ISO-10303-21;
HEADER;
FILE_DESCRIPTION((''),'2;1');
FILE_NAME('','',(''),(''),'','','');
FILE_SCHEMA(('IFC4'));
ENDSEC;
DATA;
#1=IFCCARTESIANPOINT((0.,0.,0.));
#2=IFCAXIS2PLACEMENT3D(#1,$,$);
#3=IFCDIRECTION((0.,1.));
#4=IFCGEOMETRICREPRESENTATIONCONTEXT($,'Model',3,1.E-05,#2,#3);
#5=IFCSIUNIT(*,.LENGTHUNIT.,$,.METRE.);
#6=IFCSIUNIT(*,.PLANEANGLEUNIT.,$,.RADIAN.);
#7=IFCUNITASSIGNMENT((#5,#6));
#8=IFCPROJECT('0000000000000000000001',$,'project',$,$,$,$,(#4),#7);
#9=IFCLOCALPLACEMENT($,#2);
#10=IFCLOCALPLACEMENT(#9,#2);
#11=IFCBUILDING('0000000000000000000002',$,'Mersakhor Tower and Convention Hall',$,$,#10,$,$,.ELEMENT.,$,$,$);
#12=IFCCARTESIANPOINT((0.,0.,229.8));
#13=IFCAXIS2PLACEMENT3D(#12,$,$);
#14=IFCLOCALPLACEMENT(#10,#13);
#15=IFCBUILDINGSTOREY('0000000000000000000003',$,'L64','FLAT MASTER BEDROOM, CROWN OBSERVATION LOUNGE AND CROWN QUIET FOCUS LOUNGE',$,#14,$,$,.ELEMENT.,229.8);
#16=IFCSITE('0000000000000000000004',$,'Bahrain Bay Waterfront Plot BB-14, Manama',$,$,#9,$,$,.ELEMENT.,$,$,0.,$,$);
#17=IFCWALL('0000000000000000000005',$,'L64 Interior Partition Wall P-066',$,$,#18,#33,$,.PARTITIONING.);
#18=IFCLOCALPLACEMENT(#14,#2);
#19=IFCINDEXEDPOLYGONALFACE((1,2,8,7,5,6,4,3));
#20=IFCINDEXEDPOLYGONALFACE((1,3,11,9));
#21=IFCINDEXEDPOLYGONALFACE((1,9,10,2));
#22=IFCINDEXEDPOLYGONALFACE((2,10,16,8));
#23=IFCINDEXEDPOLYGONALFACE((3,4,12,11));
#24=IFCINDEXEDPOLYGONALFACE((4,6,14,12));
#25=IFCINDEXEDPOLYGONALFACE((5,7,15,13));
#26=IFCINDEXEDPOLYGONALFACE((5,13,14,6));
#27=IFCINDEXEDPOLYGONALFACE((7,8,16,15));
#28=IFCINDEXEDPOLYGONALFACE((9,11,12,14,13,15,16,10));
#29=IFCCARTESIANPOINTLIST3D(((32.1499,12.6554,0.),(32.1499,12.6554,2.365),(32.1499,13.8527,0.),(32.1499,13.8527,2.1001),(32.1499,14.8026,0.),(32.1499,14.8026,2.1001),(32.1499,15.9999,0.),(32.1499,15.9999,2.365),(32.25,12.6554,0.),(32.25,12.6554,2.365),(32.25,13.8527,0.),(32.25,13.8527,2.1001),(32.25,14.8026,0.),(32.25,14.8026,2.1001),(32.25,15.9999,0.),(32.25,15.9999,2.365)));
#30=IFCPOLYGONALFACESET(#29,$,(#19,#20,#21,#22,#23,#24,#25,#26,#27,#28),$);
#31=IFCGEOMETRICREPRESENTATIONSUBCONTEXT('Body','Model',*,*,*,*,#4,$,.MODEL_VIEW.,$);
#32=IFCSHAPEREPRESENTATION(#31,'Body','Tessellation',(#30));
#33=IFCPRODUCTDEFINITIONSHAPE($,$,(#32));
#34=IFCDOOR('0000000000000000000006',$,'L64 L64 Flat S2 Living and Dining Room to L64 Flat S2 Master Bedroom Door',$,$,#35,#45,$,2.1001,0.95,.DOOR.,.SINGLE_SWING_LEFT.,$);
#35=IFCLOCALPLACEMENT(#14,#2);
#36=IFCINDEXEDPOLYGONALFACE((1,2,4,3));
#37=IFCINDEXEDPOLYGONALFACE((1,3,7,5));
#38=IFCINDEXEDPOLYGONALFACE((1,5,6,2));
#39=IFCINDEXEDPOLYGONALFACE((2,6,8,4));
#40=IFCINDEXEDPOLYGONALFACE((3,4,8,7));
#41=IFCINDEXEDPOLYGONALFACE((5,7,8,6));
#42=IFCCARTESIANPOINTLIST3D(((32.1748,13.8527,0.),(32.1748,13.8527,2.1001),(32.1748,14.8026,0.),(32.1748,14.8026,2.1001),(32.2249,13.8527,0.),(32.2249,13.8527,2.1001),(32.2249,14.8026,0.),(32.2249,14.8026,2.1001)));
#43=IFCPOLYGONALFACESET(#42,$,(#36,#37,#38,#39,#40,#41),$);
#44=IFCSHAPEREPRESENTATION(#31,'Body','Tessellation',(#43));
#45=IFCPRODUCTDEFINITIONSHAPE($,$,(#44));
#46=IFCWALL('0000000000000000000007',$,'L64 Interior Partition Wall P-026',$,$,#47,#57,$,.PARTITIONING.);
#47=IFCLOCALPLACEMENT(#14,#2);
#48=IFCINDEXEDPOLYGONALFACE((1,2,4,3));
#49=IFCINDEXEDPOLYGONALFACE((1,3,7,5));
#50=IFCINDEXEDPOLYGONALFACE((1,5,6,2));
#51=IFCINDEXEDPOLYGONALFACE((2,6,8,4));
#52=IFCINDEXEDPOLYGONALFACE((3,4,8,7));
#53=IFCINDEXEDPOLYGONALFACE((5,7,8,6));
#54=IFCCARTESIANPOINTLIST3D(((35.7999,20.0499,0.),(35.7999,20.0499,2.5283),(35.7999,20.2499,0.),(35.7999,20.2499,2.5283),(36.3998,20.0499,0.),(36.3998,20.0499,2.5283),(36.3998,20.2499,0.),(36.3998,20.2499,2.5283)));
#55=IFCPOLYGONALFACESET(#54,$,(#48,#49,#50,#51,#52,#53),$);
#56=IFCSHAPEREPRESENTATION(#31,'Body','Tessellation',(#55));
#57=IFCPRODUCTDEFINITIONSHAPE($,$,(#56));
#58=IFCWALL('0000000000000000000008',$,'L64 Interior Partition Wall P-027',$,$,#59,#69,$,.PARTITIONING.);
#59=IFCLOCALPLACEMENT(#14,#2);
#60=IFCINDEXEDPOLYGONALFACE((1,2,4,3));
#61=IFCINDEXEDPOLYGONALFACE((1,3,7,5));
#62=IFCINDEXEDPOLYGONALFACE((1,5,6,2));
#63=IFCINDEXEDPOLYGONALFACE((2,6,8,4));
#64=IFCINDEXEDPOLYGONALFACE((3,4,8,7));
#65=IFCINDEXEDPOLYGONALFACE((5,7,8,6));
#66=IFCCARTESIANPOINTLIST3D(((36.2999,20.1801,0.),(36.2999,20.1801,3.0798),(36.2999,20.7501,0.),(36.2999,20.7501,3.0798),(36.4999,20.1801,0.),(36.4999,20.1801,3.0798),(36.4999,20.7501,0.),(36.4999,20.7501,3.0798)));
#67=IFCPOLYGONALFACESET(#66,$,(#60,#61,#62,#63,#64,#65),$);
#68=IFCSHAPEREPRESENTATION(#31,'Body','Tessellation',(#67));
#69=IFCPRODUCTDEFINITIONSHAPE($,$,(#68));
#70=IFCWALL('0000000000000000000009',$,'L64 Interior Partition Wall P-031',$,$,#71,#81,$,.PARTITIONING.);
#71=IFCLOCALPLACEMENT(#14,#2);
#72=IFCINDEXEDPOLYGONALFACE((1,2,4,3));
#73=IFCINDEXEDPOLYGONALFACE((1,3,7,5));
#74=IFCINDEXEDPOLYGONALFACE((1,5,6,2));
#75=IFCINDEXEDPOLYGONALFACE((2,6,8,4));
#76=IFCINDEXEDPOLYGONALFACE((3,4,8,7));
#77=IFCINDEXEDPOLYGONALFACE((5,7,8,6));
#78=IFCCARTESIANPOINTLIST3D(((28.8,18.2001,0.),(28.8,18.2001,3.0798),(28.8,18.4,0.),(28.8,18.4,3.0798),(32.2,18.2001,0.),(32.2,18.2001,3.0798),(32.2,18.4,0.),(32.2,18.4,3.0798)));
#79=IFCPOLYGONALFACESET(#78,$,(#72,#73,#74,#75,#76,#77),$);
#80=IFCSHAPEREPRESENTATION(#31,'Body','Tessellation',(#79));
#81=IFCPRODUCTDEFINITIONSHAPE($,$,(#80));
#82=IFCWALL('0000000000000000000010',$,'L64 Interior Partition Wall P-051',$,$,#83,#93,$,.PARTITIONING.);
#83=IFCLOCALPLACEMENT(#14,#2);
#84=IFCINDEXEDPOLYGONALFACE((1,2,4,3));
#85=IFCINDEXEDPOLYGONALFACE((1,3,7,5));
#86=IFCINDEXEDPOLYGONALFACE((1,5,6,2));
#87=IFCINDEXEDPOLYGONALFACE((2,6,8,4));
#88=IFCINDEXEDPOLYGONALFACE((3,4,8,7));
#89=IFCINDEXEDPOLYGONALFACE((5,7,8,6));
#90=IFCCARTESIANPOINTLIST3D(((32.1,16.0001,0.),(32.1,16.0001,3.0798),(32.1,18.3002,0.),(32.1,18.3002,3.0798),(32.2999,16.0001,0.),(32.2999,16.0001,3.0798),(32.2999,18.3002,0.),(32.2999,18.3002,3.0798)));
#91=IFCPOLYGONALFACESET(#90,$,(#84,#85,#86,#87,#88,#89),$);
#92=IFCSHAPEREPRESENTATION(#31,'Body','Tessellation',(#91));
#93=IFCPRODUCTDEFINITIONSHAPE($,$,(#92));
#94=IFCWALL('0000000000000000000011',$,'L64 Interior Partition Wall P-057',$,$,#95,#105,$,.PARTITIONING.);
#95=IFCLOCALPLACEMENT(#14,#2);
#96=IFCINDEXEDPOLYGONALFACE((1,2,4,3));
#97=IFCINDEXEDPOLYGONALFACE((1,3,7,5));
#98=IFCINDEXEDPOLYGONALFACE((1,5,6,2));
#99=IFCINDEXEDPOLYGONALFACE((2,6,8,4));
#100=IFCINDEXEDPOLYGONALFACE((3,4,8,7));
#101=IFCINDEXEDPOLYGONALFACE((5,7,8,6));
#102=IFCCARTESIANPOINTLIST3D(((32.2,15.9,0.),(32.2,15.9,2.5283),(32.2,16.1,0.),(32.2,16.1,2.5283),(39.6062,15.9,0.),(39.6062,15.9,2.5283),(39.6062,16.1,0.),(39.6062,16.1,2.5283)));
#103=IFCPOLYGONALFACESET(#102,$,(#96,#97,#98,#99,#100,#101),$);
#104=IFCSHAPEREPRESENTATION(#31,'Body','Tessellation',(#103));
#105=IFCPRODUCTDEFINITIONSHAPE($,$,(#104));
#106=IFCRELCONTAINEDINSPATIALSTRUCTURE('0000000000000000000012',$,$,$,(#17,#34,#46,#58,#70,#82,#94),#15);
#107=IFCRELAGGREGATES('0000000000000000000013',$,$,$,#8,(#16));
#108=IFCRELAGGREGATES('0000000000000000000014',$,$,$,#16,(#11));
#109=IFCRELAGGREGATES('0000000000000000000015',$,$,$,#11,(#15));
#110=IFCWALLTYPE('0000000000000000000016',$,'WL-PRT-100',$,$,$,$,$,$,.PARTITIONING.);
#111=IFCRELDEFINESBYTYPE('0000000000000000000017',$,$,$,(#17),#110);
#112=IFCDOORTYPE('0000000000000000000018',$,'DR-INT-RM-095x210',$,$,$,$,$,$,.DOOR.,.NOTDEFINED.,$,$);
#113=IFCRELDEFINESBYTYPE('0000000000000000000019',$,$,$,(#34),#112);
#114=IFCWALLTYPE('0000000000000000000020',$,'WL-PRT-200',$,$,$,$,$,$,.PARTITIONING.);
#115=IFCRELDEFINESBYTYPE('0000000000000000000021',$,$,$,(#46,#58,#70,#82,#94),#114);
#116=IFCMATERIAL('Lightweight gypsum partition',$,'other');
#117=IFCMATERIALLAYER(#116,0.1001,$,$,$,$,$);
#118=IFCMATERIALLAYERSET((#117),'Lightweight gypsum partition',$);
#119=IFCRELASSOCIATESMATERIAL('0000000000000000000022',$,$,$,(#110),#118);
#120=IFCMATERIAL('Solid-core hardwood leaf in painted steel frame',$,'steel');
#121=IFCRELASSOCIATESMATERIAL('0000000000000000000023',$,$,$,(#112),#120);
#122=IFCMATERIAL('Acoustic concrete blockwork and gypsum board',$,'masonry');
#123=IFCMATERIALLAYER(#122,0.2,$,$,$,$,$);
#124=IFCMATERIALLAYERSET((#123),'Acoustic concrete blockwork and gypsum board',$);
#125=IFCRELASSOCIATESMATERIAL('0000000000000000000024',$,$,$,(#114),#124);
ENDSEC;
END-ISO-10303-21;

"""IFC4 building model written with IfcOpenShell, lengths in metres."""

from ifc_helpers import new_model, si_unit, direction, frame, frame_2d, origin, place, context, subcontext, project, spatial, rectangle, extrude, material, layer, layer_set, type_object, element, fill, save


model = new_model("IFC4")

# Units and contexts
model_context = context("Model", 3, precision=1e-05, world=origin(), true_north=direction((0.0, 1.0)))
body_context = subcontext(model_context, "Body", "Model", "MODEL_VIEW")
ifc_project = project(units=[si_unit("LENGTHUNIT", "METRE"), si_unit("PLANEANGLEUNIT", "RADIAN")], contexts=[model_context])

# Site, building, storey
site_placement = place(None, origin())
site = spatial("IfcSite", under=ifc_project, at=site_placement, Name="Bahrain Bay Waterfront Plot BB-14, Manama", CompositionType="ELEMENT", RefElevation=0.0)
building_placement = place(site_placement, origin())
building = spatial("IfcBuilding", under=site, at=building_placement, Name="Mersakhor Tower and Convention Hall", CompositionType="ELEMENT")
storey_placement = place(building_placement, frame((0.0, 0.0, 229.8)))
storey = spatial("IfcBuildingStorey", under=building, at=storey_placement, Name="L64", Description="FLAT MASTER BEDROOM, CROWN OBSERVATION LOUNGE AND CROWN QUIET FOCUS LOUNGE", CompositionType="ELEMENT", Elevation=229.8)

# Shared definitions
ifc_material_1 = material(Name="Lightweight gypsum partition", Category="other")
ifc_layer_1 = layer(ifc_material_1, 0.1001)
ifc_layer_set_1 = layer_set([ifc_layer_1], Name="Lightweight gypsum partition")
wall_type_1 = type_object("IfcWallType", Name="WL-PRT-100", PredefinedType="PARTITIONING", material=ifc_layer_set_1)
ifc_material_2 = material(Name="Solid-core hardwood leaf in painted steel frame", Category="steel")
door_type_1 = type_object("IfcDoorType", Name="DR-INT-RM-095x210", OperationType="NOTDEFINED", PredefinedType="DOOR", material=ifc_material_2)

# Wall, opening, door
wall_1_placement = place(storey_placement, frame((32.2, 16.0, 0.0), z_axis=(0.0, 0.0, 1.0), x_axis=(0.0, -1.0, 0.0)))
wall_1 = element("IfcWall", 1, at=wall_1_placement, inside=storey, type_object=wall_type_1, Name="L64 Interior Partition Wall P-066", PredefinedType="PARTITIONING", context=body_context, shape_type="SweptSolid", body=[
    extrude(rectangle(XDim=3.3445, YDim=0.1001, at=frame_2d((1.6724, 0.0))), origin(), (0.0, 0.0, 1.0), 2.365),
])
opening_1_placement = place(wall_1_placement, frame((1.1973, 0.0, 0.0)))
opening_1 = element("IfcOpeningElement", 2, at=opening_1_placement, cuts=wall_1, PredefinedType="OPENING", context=body_context, shape_type="SweptSolid", body=[
    extrude(rectangle(XDim=0.95, YDim=2.1001, at=frame_2d((0.4751, 1.05))), frame((0.0, 0.0601, 0.0), z_axis=(0.0, -1.0, 0.0), x_axis=(1.0, 0.0, 0.0)), (0.0, 0.0, 1.0), 0.1201),
])
door_1_placement = place(opening_1_placement, origin())
door_1 = element("IfcDoor", 3, at=door_1_placement, inside=storey, type_object=door_type_1, Name="L64 L64 Flat S2 Living and Dining Room to L64 Flat S2 Master Bedroom Door", OperationType="SINGLE_SWING_LEFT", OverallHeight=2.1001, OverallWidth=0.95, PredefinedType="DOOR", context=body_context, shape_type="SweptSolid", body=[
    extrude(rectangle(XDim=0.95, YDim=2.1001, at=frame_2d((0.4751, 1.05))), frame((0.0, 0.0249, 0.0), z_axis=(0.0, -1.0, 0.0), x_axis=(1.0, 0.0, 0.0)), (0.0, 0.0, 1.0), 0.05),
])
fill(opening_1, door_1)

# Walls
ifc_material_3 = material(Name="Acoustic concrete blockwork and gypsum board", Category="masonry")
ifc_layer_2 = layer(ifc_material_3, 0.2)
ifc_layer_set_2 = layer_set([ifc_layer_2], Name="Acoustic concrete blockwork and gypsum board")
wall_type_2 = type_object("IfcWallType", Name="WL-PRT-200", PredefinedType="PARTITIONING", material=ifc_layer_set_2)
wall_2_placement = place(storey_placement, frame((35.8, 20.1499, 0.0), z_axis=(0.0, 0.0, 1.0), x_axis=(1.0, 0.0, 0.0)))
element("IfcWall", 4, at=wall_2_placement, inside=storey, type_object=wall_type_2, Name="L64 Interior Partition Wall P-026", PredefinedType="PARTITIONING", context=body_context, shape_type="SweptSolid", body=[
    extrude(rectangle(XDim=0.5999, YDim=0.2, at=frame_2d((0.2998, 0.0))), origin(), (0.0, 0.0, 1.0), 2.5283),
])
wall_3_placement = place(storey_placement, frame((36.3999, 20.1799, 0.0), z_axis=(0.0, 0.0, 1.0), x_axis=(0.0, 1.0, 0.0)))
element("IfcWall", 5, at=wall_3_placement, inside=storey, type_object=wall_type_2, Name="L64 Interior Partition Wall P-027", PredefinedType="PARTITIONING", context=body_context, shape_type="SweptSolid", body=[
    extrude(rectangle(XDim=0.5701, YDim=0.2, at=frame_2d((0.2852, 0.0))), origin(), (0.0, 0.0, 1.0), 3.0798),
])

# Walls
wall_4_placement = place(storey_placement, frame((32.2, 18.3, 0.0), z_axis=(0.0, 0.0, 1.0), x_axis=(-1.0, 0.0, 0.0)))
element("IfcWall", 6, at=wall_4_placement, inside=storey, type_object=wall_type_2, Name="L64 Interior Partition Wall P-031", PredefinedType="PARTITIONING", context=body_context, shape_type="SweptSolid", body=[
    extrude(rectangle(XDim=3.3999, YDim=0.2, at=frame_2d((1.7, 0.0))), origin(), (0.0, 0.0, 1.0), 3.0798),
])
wall_5_placement = place(storey_placement, frame((32.2, 18.3, 0.0), z_axis=(0.0, 0.0, 1.0), x_axis=(0.0, -1.0, 0.0)))
element("IfcWall", 7, at=wall_5_placement, inside=storey, type_object=wall_type_2, Name="L64 Interior Partition Wall P-051", PredefinedType="PARTITIONING", context=body_context, shape_type="SweptSolid", body=[
    extrude(rectangle(XDim=2.3, YDim=0.2, at=frame_2d((1.1499, 0.0))), origin(), (0.0, 0.0, 1.0), 3.0798),
])
wall_6_placement = place(storey_placement, frame((39.6062, 16.0, 0.0), z_axis=(0.0, 0.0, 1.0), x_axis=(-1.0, 0.0, 0.0)))
element("IfcWall", 8, at=wall_6_placement, inside=storey, type_object=wall_type_2, Name="L64 Interior Partition Wall P-057", PredefinedType="PARTITIONING", context=body_context, shape_type="SweptSolid", body=[
    extrude(rectangle(XDim=7.4062, YDim=0.2, at=frame_2d((3.7031, 0.0))), origin(), (0.0, 0.0, 1.0), 2.5283),
])

save(model, "model.ifc")
